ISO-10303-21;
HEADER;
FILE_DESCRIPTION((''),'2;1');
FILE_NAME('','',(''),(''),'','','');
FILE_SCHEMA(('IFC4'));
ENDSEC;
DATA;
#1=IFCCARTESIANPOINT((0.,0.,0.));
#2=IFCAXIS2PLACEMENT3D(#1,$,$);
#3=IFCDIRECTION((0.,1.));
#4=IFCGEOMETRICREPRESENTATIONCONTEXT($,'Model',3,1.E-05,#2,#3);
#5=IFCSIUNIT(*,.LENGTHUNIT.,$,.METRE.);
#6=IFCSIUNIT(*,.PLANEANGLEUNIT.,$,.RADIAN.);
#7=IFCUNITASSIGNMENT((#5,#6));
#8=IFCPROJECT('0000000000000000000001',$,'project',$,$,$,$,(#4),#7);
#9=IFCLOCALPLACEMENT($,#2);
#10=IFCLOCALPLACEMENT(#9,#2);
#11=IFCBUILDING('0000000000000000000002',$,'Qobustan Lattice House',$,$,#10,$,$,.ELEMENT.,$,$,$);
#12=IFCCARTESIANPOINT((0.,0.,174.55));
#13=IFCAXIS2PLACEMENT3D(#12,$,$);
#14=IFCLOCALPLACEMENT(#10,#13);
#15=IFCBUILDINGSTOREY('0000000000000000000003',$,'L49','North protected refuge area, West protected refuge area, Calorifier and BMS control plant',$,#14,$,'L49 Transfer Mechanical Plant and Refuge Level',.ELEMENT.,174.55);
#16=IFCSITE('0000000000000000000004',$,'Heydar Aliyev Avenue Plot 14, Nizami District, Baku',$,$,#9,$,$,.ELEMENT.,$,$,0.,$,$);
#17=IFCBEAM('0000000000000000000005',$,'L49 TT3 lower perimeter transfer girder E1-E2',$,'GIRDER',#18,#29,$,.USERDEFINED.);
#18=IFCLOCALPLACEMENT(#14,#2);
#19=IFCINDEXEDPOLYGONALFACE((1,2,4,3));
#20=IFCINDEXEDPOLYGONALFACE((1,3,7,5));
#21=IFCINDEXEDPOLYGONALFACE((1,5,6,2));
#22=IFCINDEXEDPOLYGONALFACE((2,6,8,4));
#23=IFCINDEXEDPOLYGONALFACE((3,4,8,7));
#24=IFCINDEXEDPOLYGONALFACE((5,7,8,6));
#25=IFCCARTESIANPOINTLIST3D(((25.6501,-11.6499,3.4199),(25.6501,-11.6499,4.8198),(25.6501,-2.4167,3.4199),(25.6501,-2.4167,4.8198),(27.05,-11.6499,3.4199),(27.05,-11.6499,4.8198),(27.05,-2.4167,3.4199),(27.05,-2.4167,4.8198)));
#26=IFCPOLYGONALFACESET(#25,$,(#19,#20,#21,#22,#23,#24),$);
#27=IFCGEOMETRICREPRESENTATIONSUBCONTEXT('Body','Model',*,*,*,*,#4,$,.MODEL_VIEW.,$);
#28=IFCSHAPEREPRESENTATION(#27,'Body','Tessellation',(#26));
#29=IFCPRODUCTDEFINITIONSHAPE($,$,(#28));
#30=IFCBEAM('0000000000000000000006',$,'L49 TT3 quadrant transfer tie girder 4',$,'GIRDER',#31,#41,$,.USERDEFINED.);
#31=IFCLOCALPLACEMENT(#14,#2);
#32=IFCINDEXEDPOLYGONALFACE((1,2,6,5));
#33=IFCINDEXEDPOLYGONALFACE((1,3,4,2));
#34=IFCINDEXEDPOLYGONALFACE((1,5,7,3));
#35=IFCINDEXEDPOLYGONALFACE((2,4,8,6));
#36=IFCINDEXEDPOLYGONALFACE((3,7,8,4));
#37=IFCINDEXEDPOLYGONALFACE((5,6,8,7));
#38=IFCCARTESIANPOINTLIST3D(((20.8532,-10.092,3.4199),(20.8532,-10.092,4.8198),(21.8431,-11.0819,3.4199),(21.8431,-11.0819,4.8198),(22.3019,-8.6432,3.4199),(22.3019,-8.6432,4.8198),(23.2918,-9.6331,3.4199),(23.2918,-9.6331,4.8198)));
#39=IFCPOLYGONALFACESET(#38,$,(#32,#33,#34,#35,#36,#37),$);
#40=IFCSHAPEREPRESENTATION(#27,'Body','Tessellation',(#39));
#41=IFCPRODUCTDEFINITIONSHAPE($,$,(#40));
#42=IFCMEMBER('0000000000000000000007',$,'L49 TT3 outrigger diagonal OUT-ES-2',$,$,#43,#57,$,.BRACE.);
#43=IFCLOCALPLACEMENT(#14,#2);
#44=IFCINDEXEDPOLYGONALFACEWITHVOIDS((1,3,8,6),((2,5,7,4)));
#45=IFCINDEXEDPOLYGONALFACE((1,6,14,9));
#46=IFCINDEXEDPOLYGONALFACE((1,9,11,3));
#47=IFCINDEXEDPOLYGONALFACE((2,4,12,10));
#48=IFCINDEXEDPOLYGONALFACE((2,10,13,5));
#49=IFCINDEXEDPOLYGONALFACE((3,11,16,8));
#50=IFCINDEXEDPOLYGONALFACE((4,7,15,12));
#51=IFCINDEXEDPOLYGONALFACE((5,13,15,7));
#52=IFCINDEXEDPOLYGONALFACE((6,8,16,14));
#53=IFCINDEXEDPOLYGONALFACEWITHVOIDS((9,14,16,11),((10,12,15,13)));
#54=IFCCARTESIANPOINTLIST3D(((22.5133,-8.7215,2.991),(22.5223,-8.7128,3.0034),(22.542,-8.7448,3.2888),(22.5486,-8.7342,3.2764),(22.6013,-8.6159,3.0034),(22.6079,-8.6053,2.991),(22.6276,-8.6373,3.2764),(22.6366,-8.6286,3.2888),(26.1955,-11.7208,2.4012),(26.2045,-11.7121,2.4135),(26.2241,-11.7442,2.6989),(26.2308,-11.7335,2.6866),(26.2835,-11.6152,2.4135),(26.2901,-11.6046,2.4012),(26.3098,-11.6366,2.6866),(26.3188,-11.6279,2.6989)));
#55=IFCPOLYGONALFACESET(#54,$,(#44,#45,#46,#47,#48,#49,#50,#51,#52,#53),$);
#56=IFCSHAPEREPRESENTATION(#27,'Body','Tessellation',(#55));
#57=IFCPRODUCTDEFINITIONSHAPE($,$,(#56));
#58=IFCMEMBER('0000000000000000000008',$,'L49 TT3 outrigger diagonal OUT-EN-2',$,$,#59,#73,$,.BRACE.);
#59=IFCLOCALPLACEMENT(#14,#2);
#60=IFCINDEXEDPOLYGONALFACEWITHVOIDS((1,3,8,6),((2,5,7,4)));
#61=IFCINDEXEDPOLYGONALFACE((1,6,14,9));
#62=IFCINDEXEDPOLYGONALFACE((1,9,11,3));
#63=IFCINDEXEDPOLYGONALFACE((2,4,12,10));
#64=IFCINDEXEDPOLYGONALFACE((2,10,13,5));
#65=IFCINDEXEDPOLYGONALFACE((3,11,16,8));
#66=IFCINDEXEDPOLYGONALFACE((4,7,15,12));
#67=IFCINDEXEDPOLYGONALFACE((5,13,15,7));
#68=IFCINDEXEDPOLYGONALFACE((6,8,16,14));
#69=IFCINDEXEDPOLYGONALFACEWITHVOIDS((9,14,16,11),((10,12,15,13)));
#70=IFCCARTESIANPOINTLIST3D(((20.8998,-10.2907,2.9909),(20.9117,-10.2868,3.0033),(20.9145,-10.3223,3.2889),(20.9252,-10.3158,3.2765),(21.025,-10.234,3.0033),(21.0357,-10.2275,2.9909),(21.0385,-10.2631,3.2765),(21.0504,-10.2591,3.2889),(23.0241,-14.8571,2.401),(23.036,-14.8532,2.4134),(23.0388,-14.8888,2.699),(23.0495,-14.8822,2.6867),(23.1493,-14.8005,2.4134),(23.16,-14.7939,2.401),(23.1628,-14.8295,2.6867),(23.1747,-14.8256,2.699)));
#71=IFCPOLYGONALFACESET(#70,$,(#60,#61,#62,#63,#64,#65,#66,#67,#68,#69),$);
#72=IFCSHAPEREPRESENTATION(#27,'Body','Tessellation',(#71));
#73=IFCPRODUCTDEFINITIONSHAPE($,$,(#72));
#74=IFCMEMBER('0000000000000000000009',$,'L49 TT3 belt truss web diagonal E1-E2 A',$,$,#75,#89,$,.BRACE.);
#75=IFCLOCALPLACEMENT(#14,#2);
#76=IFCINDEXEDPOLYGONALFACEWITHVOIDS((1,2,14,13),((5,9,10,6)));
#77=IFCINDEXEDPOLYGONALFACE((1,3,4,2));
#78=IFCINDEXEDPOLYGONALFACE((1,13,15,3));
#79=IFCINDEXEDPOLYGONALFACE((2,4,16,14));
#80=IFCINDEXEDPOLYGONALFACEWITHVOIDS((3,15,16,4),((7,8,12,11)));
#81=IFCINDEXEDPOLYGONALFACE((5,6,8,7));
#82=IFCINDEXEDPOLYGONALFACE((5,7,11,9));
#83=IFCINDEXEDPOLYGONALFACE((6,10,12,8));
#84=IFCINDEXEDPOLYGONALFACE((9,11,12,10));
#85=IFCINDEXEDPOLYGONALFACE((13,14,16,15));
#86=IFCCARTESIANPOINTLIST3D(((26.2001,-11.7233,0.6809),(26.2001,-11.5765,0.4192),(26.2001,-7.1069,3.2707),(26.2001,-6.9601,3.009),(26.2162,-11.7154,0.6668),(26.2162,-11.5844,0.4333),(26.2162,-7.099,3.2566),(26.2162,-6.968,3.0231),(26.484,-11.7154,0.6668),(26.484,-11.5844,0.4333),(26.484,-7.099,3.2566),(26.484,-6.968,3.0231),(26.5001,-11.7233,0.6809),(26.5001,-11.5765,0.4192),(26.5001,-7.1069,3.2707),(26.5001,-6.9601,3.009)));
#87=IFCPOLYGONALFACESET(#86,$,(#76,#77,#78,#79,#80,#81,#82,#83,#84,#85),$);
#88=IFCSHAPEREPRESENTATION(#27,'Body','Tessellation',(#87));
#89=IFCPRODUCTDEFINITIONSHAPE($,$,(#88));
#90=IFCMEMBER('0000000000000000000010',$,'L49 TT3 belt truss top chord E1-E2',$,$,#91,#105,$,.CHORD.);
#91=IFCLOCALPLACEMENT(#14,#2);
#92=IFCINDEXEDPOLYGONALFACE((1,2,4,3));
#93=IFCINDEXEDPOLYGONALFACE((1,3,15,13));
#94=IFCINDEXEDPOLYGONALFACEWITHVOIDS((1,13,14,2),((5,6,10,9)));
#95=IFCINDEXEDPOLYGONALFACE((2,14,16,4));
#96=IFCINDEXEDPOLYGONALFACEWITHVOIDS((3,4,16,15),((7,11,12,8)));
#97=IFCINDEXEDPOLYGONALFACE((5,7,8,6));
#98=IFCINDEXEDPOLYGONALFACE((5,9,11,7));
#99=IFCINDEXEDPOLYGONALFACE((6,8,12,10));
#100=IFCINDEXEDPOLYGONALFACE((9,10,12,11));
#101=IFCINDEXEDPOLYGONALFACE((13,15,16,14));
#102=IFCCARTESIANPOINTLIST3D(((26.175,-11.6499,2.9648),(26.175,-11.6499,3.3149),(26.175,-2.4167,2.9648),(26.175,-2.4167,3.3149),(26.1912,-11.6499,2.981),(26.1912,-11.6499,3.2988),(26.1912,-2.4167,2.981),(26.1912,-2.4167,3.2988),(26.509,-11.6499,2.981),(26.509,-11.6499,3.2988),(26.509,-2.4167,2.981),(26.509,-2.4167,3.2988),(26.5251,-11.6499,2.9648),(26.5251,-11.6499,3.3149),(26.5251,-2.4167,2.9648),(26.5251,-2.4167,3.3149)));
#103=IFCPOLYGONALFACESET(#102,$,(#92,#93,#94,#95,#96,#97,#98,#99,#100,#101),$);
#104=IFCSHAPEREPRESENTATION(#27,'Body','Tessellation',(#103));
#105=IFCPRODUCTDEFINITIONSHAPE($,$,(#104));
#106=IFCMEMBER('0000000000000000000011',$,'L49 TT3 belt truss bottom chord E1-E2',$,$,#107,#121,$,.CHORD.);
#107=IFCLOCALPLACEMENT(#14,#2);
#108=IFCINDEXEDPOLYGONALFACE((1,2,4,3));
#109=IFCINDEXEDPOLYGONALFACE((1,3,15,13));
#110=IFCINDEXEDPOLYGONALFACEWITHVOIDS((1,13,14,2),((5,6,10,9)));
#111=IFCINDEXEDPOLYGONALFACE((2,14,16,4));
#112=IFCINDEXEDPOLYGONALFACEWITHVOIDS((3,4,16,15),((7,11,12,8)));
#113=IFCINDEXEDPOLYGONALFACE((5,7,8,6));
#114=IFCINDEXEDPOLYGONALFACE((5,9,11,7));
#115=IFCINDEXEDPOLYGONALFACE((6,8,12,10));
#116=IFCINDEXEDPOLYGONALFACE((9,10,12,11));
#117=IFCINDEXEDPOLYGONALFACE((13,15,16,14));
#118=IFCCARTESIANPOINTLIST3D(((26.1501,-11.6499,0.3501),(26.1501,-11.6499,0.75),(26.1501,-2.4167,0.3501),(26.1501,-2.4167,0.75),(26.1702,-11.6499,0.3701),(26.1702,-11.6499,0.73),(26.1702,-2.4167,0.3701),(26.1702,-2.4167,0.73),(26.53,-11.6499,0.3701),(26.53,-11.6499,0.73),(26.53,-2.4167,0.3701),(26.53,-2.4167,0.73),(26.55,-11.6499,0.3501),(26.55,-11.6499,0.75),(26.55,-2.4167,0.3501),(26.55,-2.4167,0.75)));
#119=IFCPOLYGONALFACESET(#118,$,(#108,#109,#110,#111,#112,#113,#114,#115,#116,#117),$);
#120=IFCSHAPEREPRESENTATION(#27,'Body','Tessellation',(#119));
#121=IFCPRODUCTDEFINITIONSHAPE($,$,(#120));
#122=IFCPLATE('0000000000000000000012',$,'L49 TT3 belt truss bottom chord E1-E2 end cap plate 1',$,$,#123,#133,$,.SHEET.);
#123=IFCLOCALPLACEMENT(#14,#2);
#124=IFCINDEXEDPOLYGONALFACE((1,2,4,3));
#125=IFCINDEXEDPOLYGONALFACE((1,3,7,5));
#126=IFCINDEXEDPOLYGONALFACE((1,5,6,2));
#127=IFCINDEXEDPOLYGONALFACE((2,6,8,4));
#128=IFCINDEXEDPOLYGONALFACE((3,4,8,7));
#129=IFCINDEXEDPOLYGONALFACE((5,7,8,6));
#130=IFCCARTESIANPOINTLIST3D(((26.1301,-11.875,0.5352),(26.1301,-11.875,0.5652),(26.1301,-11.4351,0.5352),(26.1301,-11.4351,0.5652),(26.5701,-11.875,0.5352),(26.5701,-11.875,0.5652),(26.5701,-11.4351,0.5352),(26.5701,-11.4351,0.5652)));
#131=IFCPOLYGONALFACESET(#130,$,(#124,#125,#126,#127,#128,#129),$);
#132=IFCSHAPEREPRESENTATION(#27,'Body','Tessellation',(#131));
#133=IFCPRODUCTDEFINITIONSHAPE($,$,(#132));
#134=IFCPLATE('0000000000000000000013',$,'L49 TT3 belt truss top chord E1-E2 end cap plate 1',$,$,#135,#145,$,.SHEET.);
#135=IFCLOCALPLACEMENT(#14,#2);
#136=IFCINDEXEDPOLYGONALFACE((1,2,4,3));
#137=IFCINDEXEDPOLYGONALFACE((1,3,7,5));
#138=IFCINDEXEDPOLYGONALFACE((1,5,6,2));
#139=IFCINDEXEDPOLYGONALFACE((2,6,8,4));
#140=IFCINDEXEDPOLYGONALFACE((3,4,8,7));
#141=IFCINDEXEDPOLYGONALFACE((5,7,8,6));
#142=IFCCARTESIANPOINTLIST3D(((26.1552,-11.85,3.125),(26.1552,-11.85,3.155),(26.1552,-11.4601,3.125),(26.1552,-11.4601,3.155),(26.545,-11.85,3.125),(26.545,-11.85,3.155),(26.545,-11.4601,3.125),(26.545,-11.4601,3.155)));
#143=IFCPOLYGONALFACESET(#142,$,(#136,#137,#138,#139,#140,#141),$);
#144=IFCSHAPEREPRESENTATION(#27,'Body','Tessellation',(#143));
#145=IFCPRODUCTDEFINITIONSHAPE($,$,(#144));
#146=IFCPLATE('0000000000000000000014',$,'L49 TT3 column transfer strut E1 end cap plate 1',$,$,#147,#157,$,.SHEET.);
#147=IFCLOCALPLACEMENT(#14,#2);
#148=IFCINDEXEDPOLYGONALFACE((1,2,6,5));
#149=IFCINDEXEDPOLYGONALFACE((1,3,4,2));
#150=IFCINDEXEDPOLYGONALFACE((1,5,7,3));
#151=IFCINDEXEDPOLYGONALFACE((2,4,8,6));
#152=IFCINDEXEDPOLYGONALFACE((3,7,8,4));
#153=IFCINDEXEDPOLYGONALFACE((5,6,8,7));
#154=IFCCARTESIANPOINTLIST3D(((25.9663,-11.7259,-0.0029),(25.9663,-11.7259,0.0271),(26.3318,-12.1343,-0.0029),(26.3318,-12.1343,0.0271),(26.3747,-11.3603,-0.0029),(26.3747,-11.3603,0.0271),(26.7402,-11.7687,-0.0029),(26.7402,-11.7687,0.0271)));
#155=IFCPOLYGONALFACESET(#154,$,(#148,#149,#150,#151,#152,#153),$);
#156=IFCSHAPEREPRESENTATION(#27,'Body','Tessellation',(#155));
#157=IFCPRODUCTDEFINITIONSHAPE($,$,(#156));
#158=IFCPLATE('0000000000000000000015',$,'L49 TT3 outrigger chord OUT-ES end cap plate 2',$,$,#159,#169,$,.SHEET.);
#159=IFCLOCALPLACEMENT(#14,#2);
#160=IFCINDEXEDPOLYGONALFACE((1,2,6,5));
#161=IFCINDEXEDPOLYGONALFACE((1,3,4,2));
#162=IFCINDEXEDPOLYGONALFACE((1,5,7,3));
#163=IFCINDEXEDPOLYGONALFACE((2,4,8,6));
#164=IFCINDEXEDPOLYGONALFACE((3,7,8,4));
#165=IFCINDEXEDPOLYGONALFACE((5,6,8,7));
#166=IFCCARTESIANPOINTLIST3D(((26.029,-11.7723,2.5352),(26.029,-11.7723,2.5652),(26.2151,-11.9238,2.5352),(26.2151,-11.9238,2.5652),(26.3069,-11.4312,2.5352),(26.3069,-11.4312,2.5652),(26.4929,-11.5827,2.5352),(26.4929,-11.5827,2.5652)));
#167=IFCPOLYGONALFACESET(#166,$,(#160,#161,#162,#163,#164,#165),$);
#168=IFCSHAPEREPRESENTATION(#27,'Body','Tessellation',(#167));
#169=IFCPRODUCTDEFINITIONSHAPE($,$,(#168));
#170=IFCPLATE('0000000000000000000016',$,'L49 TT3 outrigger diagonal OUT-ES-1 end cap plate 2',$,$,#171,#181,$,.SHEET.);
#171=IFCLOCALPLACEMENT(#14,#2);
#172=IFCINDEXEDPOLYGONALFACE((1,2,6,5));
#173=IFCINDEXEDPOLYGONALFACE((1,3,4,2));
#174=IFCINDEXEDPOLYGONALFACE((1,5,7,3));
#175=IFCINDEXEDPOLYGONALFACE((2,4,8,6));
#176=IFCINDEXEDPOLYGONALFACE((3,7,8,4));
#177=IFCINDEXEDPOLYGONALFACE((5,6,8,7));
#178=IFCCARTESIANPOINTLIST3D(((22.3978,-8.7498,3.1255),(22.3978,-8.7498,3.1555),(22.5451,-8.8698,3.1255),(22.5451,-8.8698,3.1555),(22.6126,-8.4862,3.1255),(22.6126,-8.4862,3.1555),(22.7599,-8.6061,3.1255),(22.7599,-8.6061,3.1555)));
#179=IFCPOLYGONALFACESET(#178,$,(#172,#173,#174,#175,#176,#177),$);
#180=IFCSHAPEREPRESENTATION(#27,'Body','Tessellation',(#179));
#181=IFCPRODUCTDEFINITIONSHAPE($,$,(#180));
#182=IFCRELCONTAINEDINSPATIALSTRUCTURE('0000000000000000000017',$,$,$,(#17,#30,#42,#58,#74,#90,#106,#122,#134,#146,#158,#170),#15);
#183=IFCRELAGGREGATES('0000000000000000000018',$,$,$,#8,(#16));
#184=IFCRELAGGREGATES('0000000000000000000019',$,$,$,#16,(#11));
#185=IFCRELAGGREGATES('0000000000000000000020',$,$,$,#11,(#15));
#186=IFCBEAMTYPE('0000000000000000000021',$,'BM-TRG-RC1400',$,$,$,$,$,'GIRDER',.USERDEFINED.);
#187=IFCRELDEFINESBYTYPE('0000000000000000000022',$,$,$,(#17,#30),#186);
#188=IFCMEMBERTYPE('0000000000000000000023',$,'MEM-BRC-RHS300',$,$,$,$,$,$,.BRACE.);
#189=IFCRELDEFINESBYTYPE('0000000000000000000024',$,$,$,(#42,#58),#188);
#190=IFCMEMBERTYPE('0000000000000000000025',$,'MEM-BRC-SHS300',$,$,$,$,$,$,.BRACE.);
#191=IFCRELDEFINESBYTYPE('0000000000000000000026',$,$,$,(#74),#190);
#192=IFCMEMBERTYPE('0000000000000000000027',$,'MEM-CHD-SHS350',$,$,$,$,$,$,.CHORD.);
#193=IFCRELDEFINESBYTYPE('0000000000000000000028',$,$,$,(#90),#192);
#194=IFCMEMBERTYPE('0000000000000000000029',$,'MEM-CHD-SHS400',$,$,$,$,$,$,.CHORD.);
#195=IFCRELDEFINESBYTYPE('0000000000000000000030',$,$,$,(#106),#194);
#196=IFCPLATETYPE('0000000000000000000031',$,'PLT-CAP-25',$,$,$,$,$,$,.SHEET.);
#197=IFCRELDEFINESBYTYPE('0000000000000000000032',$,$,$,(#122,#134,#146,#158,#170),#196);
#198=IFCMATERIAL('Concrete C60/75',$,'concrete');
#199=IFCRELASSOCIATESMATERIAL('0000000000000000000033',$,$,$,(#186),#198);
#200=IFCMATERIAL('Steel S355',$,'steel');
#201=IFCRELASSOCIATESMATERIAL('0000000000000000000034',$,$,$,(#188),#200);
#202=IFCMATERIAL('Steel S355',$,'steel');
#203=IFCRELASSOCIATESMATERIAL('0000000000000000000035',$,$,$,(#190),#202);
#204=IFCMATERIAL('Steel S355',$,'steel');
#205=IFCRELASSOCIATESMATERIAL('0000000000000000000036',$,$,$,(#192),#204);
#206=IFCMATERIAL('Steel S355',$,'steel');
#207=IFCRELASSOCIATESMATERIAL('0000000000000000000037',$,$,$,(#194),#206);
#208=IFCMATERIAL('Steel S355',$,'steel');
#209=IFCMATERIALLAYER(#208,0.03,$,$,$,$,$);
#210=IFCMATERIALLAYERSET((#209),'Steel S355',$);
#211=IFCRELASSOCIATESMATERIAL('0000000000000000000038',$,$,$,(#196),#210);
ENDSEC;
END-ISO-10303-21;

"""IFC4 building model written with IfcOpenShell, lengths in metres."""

from ifc_helpers import new_model, si_unit, direction, frame, origin, origin_2d, place, context, subcontext, project, spatial, rectangle, hollow_rectangle, extrude, material, layer, layer_set, material_profile, profile_set, type_object, element, save


model = new_model("IFC4")

# Units and contexts
model_context = context("Model", 3, precision=1e-05, world=origin(), true_north=direction((0.0, 1.0)))
body_context = subcontext(model_context, "Body", "Model", "MODEL_VIEW")
ifc_project = project(units=[si_unit("LENGTHUNIT", "METRE"), si_unit("PLANEANGLEUNIT", "RADIAN")], contexts=[model_context])

# Site, building, storey
site_placement = place(None, origin())
site = spatial("IfcSite", under=ifc_project, at=site_placement, Name="Heydar Aliyev Avenue Plot 14, Nizami District, Baku", CompositionType="ELEMENT", RefElevation=0.0)
building_placement = place(site_placement, origin())
building = spatial("IfcBuilding", under=site, at=building_placement, Name="Qobustan Lattice House", CompositionType="ELEMENT")
storey_placement = place(building_placement, frame((0.0, 0.0, 174.55)))
storey = spatial("IfcBuildingStorey", under=building, at=storey_placement, Name="L49", Description="North protected refuge area, West protected refuge area, Calorifier and BMS control plant", LongName="L49 Transfer Mechanical Plant and Refuge Level", CompositionType="ELEMENT", Elevation=174.55)

# Beams
ifc_material_1 = material(Name="Concrete C60/75", Category="concrete")
ifc_material_profile_1 = material_profile(ifc_material_1, rectangle(XDim=1.3999, YDim=1.3999, at=origin_2d()), Name="RC1400x1400")
ifc_profile_set_1 = profile_set([ifc_material_profile_1], Name="Concrete C60/75")
beam_type = type_object("IfcBeamType", Name="BM-TRG-RC1400", ElementType="GIRDER", PredefinedType="USERDEFINED", material=ifc_profile_set_1)
beam_1_placement = place(storey_placement, frame((26.3501, -11.6499, 4.1199), z_axis=(0.0, 1.0, 0.0), x_axis=(-1.0, 0.0, 0.0)))
element("IfcBeam", 1, at=beam_1_placement, inside=storey, type_object=beam_type, Name="L49 TT3 lower perimeter transfer girder E1-E2", ObjectType="GIRDER", PredefinedType="USERDEFINED", context=body_context, shape_type="SweptSolid", body=[
    extrude(rectangle(XDim=1.3999, YDim=1.3999, at=origin_2d()), origin(), (0.0, 0.0, 1.0), 9.2332),
])
beam_2_placement = place(storey_placement, frame((21.3481, -10.5869, 4.1199), z_axis=(0.707107, 0.707107, 0.0), x_axis=(-0.707107, 0.707107, 0.0)))
element("IfcBeam", 2, at=beam_2_placement, inside=storey, type_object=beam_type, Name="L49 TT3 quadrant transfer tie girder 4", ObjectType="GIRDER", PredefinedType="USERDEFINED", context=body_context, shape_type="SweptSolid", body=[
    extrude(rectangle(XDim=1.3999, YDim=1.3999, at=origin_2d()), origin(), (0.0, 0.0, 1.0), 2.0488),
])

# Members
ifc_material_2 = material(Name="Steel S355", Category="steel")
ifc_material_profile_2 = material_profile(ifc_material_2, hollow_rectangle(XDim=0.1499, YDim=0.3, WallThickness=0.0125, at=origin_2d()), Name="RHS300x150x12.5")
ifc_profile_set_2 = profile_set([ifc_material_profile_2], Name="Steel S355")
member_type_1 = type_object("IfcMemberType", Name="MEM-BRC-RHS300", PredefinedType="BRACE", material=ifc_profile_set_2)
member_1_placement = place(storey_placement, frame((22.575, -8.675, 3.1399), z_axis=(0.769425, -0.626733, -0.123255), x_axis=(0.631548, 0.775337, 0.0)))
element("IfcMember", 3, at=member_1_placement, inside=storey, type_object=member_type_1, Name="L49 TT3 outrigger diagonal OUT-ES-2", PredefinedType="BRACE", context=body_context, shape_type="SweptSolid", body=[
    extrude(hollow_rectangle(XDim=0.1499, YDim=0.3, WallThickness=0.0125, at=origin_2d()), origin(), (0.0, 0.0, 1.0), 4.7856),
])
member_2_placement = place(storey_placement, frame((20.9751, -10.2749, 3.1399), z_axis=(0.418926, -0.900539, -0.116323), x_axis=(0.906694, 0.421789, 0.0)))
element("IfcMember", 4, at=member_2_placement, inside=storey, type_object=member_type_1, Name="L49 TT3 outrigger diagonal OUT-EN-2", PredefinedType="BRACE", context=body_context, shape_type="SweptSolid", body=[
    extrude(hollow_rectangle(XDim=0.1499, YDim=0.3, WallThickness=0.0125, at=origin_2d()), origin(), (0.0, 0.0, 1.0), 5.0708),
])
ifc_material_3 = material(Name="Steel S355", Category="steel")
ifc_material_profile_3 = material_profile(ifc_material_3, hollow_rectangle(XDim=0.3, YDim=0.3, WallThickness=0.0161, at=origin_2d()), Name="SHS300x300x16")
ifc_profile_set_3 = profile_set([ifc_material_profile_3], Name="Steel S355")
member_type_2 = type_object("IfcMemberType", Name="MEM-BRC-SHS300", PredefinedType="BRACE", material=ifc_profile_set_3)
member_3_placement = place(storey_placement, frame((26.3501, -11.6499, 0.55), z_axis=(0.0, 0.872133, 0.489269), x_axis=(-1.0, 0.0, 0.0)))
element("IfcMember", 5, at=member_3_placement, inside=storey, type_object=member_type_2, Name="L49 TT3 belt truss web diagonal E1-E2 A", PredefinedType="BRACE", context=body_context, shape_type="SweptSolid", body=[
    extrude(hollow_rectangle(XDim=0.3, YDim=0.3, WallThickness=0.0161, at=origin_2d()), origin(), (0.0, 0.0, 1.0), 5.2932),
])
ifc_material_4 = material(Name="Steel S355", Category="steel")
ifc_material_profile_4 = material_profile(ifc_material_4, hollow_rectangle(XDim=0.3501, YDim=0.3501, WallThickness=0.0161, at=origin_2d()), Name="SHS350x350x16")
ifc_profile_set_4 = profile_set([ifc_material_profile_4], Name="Steel S355")
member_type_3 = type_object("IfcMemberType", Name="MEM-CHD-SHS350", PredefinedType="CHORD", material=ifc_profile_set_4)
member_4_placement = place(storey_placement, frame((26.3501, -11.6499, 3.1399), z_axis=(0.0, 1.0, 0.0), x_axis=(-1.0, 0.0, 0.0)))
element("IfcMember", 6, at=member_4_placement, inside=storey, type_object=member_type_3, Name="L49 TT3 belt truss top chord E1-E2", PredefinedType="CHORD", context=body_context, shape_type="SweptSolid", body=[
    extrude(hollow_rectangle(XDim=0.3501, YDim=0.3501, WallThickness=0.0161, at=origin_2d()), origin(), (0.0, 0.0, 1.0), 9.2332),
])
ifc_material_5 = material(Name="Steel S355", Category="steel")
ifc_material_profile_5 = material_profile(ifc_material_5, hollow_rectangle(XDim=0.3999, YDim=0.3999, WallThickness=0.02, at=origin_2d()), Name="SHS400x400x20")
ifc_profile_set_5 = profile_set([ifc_material_profile_5], Name="Steel S355")
member_type_4 = type_object("IfcMemberType", Name="MEM-CHD-SHS400", PredefinedType="CHORD", material=ifc_profile_set_5)
member_5_placement = place(storey_placement, frame((26.3501, -11.6499, 0.55), z_axis=(0.0, 1.0, 0.0), x_axis=(-1.0, 0.0, 0.0)))
element("IfcMember", 7, at=member_5_placement, inside=storey, type_object=member_type_4, Name="L49 TT3 belt truss bottom chord E1-E2", PredefinedType="CHORD", context=body_context, shape_type="SweptSolid", body=[
    extrude(hollow_rectangle(XDim=0.3999, YDim=0.3999, WallThickness=0.02, at=origin_2d()), origin(), (0.0, 0.0, 1.0), 9.2332),
])

# Plates
ifc_material_6 = material(Name="Steel S355", Category="steel")
ifc_layer_1 = layer(ifc_material_6, 0.03)
ifc_layer_set_1 = layer_set([ifc_layer_1], Name="Steel S355")
plate_type = type_object("IfcPlateType", Name="PLT-CAP-25", PredefinedType="SHEET", material=ifc_layer_set_1)
plate_1_placement = place(storey_placement, frame((26.3501, -11.655, 0.5352), z_axis=(0.0, 0.0, 1.0), x_axis=(0.0, 1.0, 0.0)))
element("IfcPlate", 8, at=plate_1_placement, inside=storey, type_object=plate_type, Name="L49 TT3 belt truss bottom chord E1-E2 end cap plate 1", PredefinedType="SHEET", context=body_context, shape_type="SweptSolid", body=[
    extrude(rectangle(XDim=0.4399, YDim=0.4399, at=origin_2d()), origin(), (0.0, 0.0, 1.0), 0.03),
])
plate_2_placement = place(storey_placement, frame((26.3501, -11.655, 3.125), z_axis=(0.0, 0.0, 1.0), x_axis=(0.0, 1.0, 0.0)))
element("IfcPlate", 9, at=plate_2_placement, inside=storey, type_object=plate_type, Name="L49 TT3 belt truss top chord E1-E2 end cap plate 1", PredefinedType="SHEET", context=body_context, shape_type="SweptSolid", body=[
    extrude(rectangle(XDim=0.3899, YDim=0.3899, at=origin_2d()), origin(), (0.0, 0.0, 1.0), 0.03),
])
plate_3_placement = place(storey_placement, frame((26.3533, -11.7473, -0.0029), z_axis=(0.0, 0.0, 1.0), x_axis=(-0.745115, -0.666936, 0.0)))
element("IfcPlate", 10, at=plate_3_placement, inside=storey, type_object=plate_type, Name="L49 TT3 column transfer strut E1 end cap plate 1", PredefinedType="SHEET", context=body_context, shape_type="SweptSolid", body=[
    extrude(rectangle(XDim=0.5481, YDim=0.5481, at=origin_2d()), origin(), (0.0, 0.0, 1.0), 0.03),
])
plate_4_placement = place(storey_placement, frame((26.261, -11.6775, 2.5352), z_axis=(0.0, 0.0, 1.0), x_axis=(0.77533, -0.631556, 0.0)))
element("IfcPlate", 11, at=plate_4_placement, inside=storey, type_object=plate_type, Name="L49 TT3 outrigger chord OUT-ES end cap plate 2", PredefinedType="SHEET", context=body_context, shape_type="SweptSolid", body=[
    extrude(rectangle(XDim=0.24, YDim=0.4399, at=origin_2d()), origin(), (0.0, 0.0, 1.0), 0.03),
])
for number, where, z_axis, x_axis, name in (
    (12, (22.5789, -8.678, 3.1255), (0.0, 0.0, 1.0), (0.77533, -0.631556, 0.0), "L49 TT3 outrigger diagonal OUT-ES-1 end cap plate 2"),
):
    element("IfcPlate", number, at=place(storey_placement, frame(where, z_axis=z_axis, x_axis=x_axis)), inside=storey, type_object=plate_type, Name=name, PredefinedType="SHEET", context=body_context, shape_type="SweptSolid", body=[
        extrude(rectangle(XDim=0.1899, YDim=0.3401, at=origin_2d()), origin(), (0.0, 0.0, 1.0), 0.03),
    ])

save(model, "model.ifc")
